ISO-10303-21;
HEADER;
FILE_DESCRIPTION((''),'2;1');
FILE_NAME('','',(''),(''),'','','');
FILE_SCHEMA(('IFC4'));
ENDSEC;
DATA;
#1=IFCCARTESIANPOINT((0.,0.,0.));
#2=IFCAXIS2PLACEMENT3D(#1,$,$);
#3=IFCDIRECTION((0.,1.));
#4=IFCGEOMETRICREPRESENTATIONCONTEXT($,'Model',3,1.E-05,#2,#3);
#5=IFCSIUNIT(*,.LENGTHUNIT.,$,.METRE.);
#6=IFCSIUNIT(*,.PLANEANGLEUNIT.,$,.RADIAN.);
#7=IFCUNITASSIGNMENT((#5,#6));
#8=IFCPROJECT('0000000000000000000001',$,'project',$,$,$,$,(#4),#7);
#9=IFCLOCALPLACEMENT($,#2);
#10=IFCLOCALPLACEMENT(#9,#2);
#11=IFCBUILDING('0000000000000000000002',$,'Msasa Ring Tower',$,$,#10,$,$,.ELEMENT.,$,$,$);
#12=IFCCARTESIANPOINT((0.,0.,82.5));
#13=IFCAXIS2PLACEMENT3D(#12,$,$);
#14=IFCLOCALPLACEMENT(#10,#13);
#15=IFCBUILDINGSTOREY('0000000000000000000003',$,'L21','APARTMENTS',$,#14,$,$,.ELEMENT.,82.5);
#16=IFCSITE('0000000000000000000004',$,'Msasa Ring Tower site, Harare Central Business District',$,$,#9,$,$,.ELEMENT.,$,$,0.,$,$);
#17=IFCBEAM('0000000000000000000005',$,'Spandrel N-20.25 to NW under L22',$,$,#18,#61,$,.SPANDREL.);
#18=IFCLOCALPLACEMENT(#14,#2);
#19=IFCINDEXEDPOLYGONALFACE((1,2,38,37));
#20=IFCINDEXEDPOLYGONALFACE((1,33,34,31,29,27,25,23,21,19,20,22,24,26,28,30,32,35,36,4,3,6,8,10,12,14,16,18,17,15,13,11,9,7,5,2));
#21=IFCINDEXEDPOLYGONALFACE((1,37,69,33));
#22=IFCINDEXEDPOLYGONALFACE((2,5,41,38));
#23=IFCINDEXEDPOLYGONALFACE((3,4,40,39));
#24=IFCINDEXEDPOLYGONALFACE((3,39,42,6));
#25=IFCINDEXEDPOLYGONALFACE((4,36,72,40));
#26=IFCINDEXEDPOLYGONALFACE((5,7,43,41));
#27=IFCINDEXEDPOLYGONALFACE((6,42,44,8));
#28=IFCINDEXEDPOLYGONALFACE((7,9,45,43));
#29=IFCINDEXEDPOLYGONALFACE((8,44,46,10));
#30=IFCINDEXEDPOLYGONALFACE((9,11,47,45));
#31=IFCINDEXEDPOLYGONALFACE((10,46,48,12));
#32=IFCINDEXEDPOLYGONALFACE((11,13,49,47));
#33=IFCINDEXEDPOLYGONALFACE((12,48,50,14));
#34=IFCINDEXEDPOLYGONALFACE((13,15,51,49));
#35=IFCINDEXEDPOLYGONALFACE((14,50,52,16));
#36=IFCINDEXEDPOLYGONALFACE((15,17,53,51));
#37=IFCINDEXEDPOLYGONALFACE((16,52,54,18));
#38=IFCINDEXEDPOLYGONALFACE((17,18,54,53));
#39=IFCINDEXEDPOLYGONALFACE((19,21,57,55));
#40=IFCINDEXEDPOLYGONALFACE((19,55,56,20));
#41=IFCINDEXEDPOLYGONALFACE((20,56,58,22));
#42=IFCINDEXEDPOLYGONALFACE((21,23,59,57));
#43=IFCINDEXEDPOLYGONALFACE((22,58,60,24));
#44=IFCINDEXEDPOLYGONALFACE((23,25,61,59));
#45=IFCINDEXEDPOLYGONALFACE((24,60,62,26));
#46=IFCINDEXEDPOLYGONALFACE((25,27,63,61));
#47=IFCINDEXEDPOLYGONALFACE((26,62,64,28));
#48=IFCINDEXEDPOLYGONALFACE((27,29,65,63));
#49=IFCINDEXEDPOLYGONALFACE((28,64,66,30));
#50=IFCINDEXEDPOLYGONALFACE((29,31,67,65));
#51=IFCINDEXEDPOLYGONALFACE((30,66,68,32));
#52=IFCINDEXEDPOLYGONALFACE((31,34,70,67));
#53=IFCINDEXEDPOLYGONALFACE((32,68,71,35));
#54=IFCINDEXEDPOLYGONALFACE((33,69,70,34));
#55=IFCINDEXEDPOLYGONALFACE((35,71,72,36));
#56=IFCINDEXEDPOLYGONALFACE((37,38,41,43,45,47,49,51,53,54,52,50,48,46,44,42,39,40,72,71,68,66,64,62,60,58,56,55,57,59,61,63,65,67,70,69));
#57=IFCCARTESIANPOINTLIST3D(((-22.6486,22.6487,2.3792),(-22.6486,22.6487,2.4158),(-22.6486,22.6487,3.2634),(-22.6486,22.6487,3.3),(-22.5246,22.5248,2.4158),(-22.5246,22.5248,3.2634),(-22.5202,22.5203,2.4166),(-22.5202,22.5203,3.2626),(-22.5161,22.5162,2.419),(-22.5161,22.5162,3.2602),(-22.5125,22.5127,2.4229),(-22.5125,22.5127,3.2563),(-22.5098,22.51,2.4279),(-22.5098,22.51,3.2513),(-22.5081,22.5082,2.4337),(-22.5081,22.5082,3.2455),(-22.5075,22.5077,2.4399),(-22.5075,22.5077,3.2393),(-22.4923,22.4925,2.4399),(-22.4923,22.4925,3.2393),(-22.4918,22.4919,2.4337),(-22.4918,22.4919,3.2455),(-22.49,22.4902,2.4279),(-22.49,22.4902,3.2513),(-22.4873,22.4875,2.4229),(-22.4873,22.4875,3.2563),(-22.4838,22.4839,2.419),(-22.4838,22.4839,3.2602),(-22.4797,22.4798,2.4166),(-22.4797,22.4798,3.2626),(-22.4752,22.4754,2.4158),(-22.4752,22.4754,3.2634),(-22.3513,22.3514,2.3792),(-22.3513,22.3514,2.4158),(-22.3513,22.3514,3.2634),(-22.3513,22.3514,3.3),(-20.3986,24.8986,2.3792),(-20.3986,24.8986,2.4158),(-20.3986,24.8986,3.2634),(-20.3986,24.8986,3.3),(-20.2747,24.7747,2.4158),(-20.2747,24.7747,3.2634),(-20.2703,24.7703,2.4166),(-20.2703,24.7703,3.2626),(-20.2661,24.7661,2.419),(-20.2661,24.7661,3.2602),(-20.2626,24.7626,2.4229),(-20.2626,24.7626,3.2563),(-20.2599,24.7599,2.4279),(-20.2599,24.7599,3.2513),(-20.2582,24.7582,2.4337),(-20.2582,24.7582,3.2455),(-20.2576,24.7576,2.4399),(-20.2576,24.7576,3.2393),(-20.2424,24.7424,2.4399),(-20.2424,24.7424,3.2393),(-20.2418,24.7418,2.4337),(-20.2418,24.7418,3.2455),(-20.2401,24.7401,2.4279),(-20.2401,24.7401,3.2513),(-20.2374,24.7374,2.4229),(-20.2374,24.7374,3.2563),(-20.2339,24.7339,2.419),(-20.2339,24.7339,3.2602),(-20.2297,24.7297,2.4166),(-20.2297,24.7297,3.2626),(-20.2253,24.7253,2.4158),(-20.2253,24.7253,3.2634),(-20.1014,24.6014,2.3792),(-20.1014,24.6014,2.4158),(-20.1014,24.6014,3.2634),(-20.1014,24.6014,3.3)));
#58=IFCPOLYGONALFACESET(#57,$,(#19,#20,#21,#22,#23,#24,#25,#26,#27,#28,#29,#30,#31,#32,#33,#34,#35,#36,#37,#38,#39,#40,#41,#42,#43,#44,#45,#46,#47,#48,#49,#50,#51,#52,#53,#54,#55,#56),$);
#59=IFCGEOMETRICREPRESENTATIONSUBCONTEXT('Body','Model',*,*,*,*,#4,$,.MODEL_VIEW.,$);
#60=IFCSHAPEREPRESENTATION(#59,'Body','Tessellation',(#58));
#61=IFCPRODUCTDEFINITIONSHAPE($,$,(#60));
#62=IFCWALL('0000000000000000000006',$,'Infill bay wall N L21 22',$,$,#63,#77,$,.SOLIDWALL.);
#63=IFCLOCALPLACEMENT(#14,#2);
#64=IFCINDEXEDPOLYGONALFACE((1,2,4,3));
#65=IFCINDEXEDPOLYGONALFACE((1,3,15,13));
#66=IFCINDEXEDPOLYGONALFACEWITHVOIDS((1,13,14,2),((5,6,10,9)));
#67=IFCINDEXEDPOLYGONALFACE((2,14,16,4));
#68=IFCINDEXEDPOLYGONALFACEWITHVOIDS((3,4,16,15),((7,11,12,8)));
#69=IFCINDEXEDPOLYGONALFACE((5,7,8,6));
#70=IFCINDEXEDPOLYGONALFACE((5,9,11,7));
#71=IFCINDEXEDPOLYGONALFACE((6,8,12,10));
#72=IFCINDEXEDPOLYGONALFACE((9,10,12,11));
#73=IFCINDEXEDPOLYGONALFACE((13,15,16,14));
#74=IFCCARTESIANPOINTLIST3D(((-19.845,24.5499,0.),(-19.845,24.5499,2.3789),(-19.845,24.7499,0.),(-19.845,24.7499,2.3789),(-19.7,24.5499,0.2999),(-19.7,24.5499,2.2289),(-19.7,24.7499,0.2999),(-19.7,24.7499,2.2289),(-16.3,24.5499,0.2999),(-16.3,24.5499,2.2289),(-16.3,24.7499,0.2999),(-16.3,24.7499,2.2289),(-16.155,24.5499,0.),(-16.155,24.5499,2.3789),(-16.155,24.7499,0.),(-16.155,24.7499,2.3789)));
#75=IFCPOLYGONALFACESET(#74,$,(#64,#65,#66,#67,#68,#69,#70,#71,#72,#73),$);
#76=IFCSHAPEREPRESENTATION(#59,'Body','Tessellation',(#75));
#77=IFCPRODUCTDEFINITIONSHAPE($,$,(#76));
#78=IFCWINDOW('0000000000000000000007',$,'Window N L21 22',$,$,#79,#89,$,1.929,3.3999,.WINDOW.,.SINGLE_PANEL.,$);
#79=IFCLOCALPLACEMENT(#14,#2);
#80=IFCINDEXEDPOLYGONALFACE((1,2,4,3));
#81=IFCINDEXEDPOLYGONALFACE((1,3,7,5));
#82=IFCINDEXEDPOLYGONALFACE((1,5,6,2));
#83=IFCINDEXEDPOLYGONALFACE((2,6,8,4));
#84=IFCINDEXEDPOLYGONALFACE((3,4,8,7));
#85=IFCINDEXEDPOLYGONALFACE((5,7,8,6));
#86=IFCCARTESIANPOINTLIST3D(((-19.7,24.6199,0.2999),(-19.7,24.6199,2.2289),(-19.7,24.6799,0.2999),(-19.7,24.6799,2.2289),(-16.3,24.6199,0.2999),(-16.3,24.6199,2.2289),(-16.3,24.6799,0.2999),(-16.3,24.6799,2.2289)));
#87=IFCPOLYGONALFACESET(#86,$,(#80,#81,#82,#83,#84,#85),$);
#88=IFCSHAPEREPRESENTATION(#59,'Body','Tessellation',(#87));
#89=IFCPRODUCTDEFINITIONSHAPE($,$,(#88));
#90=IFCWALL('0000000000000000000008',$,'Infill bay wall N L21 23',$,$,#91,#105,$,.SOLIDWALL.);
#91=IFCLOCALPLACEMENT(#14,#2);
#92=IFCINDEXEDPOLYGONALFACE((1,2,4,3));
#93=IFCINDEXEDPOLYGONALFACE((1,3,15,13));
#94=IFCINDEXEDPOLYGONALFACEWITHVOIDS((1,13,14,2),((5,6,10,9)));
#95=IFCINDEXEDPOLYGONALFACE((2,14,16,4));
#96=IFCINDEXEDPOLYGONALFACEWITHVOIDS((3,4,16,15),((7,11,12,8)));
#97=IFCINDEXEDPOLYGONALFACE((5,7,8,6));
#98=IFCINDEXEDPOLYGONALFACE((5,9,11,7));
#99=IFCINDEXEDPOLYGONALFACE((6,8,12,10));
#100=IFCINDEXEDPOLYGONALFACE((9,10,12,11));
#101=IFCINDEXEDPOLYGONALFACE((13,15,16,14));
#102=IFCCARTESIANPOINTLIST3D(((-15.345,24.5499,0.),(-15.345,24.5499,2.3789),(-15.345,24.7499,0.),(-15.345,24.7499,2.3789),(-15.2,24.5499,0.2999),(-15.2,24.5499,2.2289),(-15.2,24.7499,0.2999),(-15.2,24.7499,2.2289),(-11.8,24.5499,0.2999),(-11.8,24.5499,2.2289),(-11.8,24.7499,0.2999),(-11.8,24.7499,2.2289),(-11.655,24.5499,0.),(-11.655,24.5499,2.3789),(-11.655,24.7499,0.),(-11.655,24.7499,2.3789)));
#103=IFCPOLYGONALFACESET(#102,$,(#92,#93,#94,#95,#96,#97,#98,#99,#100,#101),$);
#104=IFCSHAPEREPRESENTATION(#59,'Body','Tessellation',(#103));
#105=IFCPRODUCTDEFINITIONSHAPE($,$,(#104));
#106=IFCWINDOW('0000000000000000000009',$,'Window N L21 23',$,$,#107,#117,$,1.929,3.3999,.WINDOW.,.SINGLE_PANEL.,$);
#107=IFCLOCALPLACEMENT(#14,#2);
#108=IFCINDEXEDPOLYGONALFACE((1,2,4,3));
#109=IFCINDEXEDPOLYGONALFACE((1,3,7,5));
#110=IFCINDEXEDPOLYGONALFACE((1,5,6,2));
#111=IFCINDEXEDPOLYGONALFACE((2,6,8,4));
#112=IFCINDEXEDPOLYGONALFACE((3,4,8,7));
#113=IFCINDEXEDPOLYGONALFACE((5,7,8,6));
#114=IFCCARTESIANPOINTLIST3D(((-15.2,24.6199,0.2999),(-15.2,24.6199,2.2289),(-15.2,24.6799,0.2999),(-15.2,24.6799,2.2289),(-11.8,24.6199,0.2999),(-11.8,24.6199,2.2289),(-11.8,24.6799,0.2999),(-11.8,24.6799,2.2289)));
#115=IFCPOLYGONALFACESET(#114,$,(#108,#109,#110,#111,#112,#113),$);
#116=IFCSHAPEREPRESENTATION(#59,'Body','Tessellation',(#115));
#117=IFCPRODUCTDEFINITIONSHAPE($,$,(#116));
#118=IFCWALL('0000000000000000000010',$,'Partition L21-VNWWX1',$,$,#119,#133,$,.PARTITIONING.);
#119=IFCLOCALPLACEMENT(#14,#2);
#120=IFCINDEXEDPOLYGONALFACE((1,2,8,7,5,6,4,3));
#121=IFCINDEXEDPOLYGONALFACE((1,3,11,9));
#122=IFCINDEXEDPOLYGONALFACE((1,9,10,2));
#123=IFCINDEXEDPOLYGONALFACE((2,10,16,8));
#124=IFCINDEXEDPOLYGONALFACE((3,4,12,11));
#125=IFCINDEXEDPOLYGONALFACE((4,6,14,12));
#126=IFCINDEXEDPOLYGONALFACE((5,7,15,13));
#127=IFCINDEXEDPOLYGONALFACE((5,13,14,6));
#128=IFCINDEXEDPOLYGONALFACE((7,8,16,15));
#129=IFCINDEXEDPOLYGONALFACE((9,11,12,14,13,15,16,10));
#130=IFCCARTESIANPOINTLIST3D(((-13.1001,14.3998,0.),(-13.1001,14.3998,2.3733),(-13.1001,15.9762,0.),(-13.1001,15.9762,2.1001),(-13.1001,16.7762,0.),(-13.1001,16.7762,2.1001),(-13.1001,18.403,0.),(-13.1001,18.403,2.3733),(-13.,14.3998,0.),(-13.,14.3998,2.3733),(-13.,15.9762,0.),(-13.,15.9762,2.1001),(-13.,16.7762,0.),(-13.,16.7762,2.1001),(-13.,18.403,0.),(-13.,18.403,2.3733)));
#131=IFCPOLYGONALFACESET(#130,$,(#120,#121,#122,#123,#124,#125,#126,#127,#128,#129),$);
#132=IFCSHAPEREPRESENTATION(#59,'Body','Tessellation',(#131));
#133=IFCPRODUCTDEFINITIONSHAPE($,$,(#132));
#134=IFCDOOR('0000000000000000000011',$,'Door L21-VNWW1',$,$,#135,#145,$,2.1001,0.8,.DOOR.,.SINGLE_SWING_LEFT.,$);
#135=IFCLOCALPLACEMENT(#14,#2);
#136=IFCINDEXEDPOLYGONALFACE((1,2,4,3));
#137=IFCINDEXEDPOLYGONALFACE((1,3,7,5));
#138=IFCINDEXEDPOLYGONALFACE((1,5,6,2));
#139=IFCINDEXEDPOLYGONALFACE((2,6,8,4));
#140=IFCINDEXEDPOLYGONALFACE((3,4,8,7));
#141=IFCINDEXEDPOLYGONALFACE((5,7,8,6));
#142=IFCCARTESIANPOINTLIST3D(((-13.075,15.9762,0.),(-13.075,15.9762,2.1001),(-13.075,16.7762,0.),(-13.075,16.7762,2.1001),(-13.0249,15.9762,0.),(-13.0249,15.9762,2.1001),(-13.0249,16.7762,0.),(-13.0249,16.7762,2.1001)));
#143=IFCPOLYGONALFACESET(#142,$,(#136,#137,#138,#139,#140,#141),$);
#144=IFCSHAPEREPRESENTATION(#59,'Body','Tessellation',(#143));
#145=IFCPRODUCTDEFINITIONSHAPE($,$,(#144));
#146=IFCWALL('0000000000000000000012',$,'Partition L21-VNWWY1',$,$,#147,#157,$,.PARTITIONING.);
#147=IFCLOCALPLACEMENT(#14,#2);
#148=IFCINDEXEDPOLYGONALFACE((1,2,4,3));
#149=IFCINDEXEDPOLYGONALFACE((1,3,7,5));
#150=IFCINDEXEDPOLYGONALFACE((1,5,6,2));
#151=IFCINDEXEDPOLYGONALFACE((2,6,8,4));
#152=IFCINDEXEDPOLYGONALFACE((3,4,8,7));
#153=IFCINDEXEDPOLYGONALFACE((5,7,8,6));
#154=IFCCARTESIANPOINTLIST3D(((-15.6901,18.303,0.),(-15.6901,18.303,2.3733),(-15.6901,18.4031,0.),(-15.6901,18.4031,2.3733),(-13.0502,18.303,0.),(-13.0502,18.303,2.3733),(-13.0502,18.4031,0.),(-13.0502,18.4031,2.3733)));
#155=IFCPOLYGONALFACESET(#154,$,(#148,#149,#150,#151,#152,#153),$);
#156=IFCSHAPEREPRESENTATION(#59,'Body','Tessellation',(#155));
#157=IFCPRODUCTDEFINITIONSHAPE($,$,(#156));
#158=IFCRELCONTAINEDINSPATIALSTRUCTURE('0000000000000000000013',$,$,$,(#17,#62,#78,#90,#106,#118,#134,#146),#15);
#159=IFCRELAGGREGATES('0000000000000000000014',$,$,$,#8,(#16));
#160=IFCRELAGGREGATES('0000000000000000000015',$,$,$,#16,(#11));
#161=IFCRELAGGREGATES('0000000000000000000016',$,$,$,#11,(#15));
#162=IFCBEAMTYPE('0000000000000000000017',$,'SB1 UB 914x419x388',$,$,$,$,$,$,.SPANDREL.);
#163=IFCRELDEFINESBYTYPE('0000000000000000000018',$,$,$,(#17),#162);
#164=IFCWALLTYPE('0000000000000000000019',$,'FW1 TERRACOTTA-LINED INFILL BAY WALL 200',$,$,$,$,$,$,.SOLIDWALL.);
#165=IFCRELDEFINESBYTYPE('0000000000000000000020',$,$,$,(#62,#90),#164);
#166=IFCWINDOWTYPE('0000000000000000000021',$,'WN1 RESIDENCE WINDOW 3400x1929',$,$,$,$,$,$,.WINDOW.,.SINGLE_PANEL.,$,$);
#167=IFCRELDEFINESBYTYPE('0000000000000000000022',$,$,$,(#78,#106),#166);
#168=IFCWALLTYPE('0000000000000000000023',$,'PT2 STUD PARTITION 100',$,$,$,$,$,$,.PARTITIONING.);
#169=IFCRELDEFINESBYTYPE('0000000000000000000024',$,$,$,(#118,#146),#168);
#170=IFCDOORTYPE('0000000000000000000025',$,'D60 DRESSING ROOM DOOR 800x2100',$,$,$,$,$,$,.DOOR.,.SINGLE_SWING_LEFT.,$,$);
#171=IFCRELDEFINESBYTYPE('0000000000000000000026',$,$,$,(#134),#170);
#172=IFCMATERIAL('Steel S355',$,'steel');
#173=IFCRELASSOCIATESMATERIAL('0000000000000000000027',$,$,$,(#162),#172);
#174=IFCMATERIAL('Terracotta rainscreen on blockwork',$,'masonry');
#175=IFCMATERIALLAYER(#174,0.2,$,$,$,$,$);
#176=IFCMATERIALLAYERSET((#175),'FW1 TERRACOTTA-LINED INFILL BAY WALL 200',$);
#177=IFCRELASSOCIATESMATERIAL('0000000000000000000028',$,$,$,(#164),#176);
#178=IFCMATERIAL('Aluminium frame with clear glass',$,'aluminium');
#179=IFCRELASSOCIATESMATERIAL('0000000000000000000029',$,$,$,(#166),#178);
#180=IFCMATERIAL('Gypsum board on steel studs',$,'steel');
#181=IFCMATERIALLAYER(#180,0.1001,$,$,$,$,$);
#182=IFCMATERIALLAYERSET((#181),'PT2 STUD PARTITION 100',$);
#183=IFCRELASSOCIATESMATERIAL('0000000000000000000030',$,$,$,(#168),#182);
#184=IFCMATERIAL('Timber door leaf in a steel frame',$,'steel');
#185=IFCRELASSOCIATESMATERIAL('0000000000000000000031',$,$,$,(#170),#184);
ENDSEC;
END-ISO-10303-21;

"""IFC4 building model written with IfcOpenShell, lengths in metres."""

from ifc_helpers import new_model, si_unit, direction, frame, frame_2d, origin, origin_2d, place, context, subcontext, project, spatial, rectangle, i_section, extrude, material, layer, layer_set, material_profile, profile_set, type_object, element, fill, save


model = new_model("IFC4")

# Units and contexts
model_context = context("Model", 3, precision=1e-05, world=origin(), true_north=direction((0.0, 1.0)))
body_context = subcontext(model_context, "Body", "Model", "MODEL_VIEW")
ifc_project = project(units=[si_unit("LENGTHUNIT", "METRE"), si_unit("PLANEANGLEUNIT", "RADIAN")], contexts=[model_context])

# Site, building, storey
site_placement = place(None, origin())
site = spatial("IfcSite", under=ifc_project, at=site_placement, Name="Msasa Ring Tower site, Harare Central Business District", CompositionType="ELEMENT", RefElevation=0.0)
building_placement = place(site_placement, origin())
building = spatial("IfcBuilding", under=site, at=building_placement, Name="Msasa Ring Tower", CompositionType="ELEMENT")
storey_placement = place(building_placement, frame((0.0, 0.0, 82.5)))
storey = spatial("IfcBuildingStorey", under=building, at=storey_placement, Name="L21", Description="APARTMENTS", CompositionType="ELEMENT", Elevation=82.5)

# Beam
ifc_material_1 = material(Name="Steel S355", Category="steel")
ifc_material_profile_1 = material_profile(ifc_material_1, i_section(OverallWidth=0.4204, OverallDepth=0.9209, WebThickness=0.0215, FlangeThickness=0.0366, FilletRadius=0.0242, at=origin_2d()), Name="UB 914x419x388")
ifc_profile_set_1 = profile_set([ifc_material_profile_1], Name="Steel S355")
beam_type_1 = type_object("IfcBeamType", Name="SB1 UB 914x419x388", PredefinedType="SPANDREL", material=ifc_profile_set_1)
beam_1_placement = place(storey_placement, frame((-20.25, 24.75, 2.8396), z_axis=(-0.707107, -0.707107, 0.0), x_axis=(0.707107, -0.707107, 0.0)))
element("IfcBeam", 1, at=beam_1_placement, inside=storey, type_object=beam_type_1, Name="Spandrel N-20.25 to NW under L22", PredefinedType="SPANDREL", context=body_context, shape_type="SweptSolid", body=[
    extrude(i_section(OverallWidth=0.4204, OverallDepth=0.9209, WebThickness=0.0215, FlangeThickness=0.0366, FilletRadius=0.0242, at=origin_2d()), origin(), (0.0, 0.0, 1.0), 3.1819),
])

# Walls, openings, windows
ifc_material_2 = material(Name="Terracotta rainscreen on blockwork", Category="masonry")
ifc_layer_1 = layer(ifc_material_2, 0.2)
ifc_layer_set_1 = layer_set([ifc_layer_1], Name="FW1 TERRACOTTA-LINED INFILL BAY WALL 200")
wall_type_1 = type_object("IfcWallType", Name="FW1 TERRACOTTA-LINED INFILL BAY WALL 200", PredefinedType="SOLIDWALL", material=ifc_layer_set_1)
wall_1_placement = place(storey_placement, frame((-19.845, 24.6499, 0.0), z_axis=(0.0, 0.0, 1.0), x_axis=(1.0, 0.0, 0.0)))
wall_1 = element("IfcWall", 2, at=wall_1_placement, inside=storey, type_object=wall_type_1, Name="Infill bay wall N L21 22", PredefinedType="SOLIDWALL", context=body_context, shape_type="SweptSolid", body=[
    extrude(rectangle(XDim=3.6899, YDim=0.2, at=frame_2d((1.845, 0.0))), origin(), (0.0, 0.0, 1.0), 2.3789),
])
opening_1_placement = place(wall_1_placement, frame((0.145, 0.0, 0.3)))
opening_1 = element("IfcOpeningElement", 3, at=opening_1_placement, cuts=wall_1, PredefinedType="OPENING", context=body_context, shape_type="SweptSolid", body=[
    extrude(rectangle(XDim=3.3999, YDim=1.929, at=frame_2d((1.7, 0.9644))), frame((0.0, 0.1099, 0.0), z_axis=(0.0, -1.0, 0.0), x_axis=(1.0, 0.0, 0.0)), (0.0, 0.0, 1.0), 0.22),
])
ifc_material_3 = material(Name="Aluminium frame with clear glass", Category="aluminium")
window_type = type_object("IfcWindowType", Name="WN1 RESIDENCE WINDOW 3400x1929", PartitioningType="SINGLE_PANEL", PredefinedType="WINDOW", material=ifc_material_3)
window_1_placement = place(opening_1_placement, origin())
window_1 = element("IfcWindow", 4, at=window_1_placement, inside=storey, type_object=window_type, Name="Window N L21 22", OverallHeight=1.929, OverallWidth=3.3999, PartitioningType="SINGLE_PANEL", PredefinedType="WINDOW", context=body_context, shape_type="SweptSolid", body=[
    extrude(rectangle(XDim=3.3999, YDim=1.929, at=frame_2d((1.7, 0.9644))), frame((0.0, 0.03, 0.0), z_axis=(0.0, -1.0, 0.0), x_axis=(1.0, 0.0, 0.0)), (0.0, 0.0, 1.0), 0.0601),
])
fill(opening_1, window_1)
wall_2_placement = place(storey_placement, frame((-15.345, 24.6499, 0.0), z_axis=(0.0, 0.0, 1.0), x_axis=(1.0, 0.0, 0.0)))
wall_2 = element("IfcWall", 5, at=wall_2_placement, inside=storey, type_object=wall_type_1, Name="Infill bay wall N L21 23", PredefinedType="SOLIDWALL", context=body_context, shape_type="SweptSolid", body=[
    extrude(rectangle(XDim=3.6899, YDim=0.2, at=frame_2d((1.845, 0.0))), origin(), (0.0, 0.0, 1.0), 2.3789),
])
opening_2_placement = place(wall_2_placement, frame((0.145, 0.0, 0.3)))
opening_2 = element("IfcOpeningElement", 6, at=opening_2_placement, cuts=wall_2, PredefinedType="OPENING", context=body_context, shape_type="SweptSolid", body=[
    extrude(rectangle(XDim=3.3999, YDim=1.929, at=frame_2d((1.7, 0.9644))), frame((0.0, 0.1099, 0.0), z_axis=(0.0, -1.0, 0.0), x_axis=(1.0, 0.0, 0.0)), (0.0, 0.0, 1.0), 0.22),
])
window_2_placement = place(opening_2_placement, origin())
window_2 = element("IfcWindow", 7, at=window_2_placement, inside=storey, type_object=window_type, Name="Window N L21 23", OverallHeight=1.929, OverallWidth=3.3999, PartitioningType="SINGLE_PANEL", PredefinedType="WINDOW", context=body_context, shape_type="SweptSolid", body=[
    extrude(rectangle(XDim=3.3999, YDim=1.929, at=frame_2d((1.7, 0.9644))), frame((0.0, 0.03, 0.0), z_axis=(0.0, -1.0, 0.0), x_axis=(1.0, 0.0, 0.0)), (0.0, 0.0, 1.0), 0.0601),
])
fill(opening_2, window_2)

# Wall, opening, door
ifc_material_4 = material(Name="Gypsum board on steel studs", Category="steel")
ifc_layer_2 = layer(ifc_material_4, 0.1001)
ifc_layer_set_2 = layer_set([ifc_layer_2], Name="PT2 STUD PARTITION 100")
wall_type_2 = type_object("IfcWallType", Name="PT2 STUD PARTITION 100", PredefinedType="PARTITIONING", material=ifc_layer_set_2)
wall_3_placement = place(storey_placement, frame((-13.05, 14.3999, 0.0), z_axis=(0.0, 0.0, 1.0), x_axis=(0.0, 1.0, 0.0)))
wall_3 = element("IfcWall", 8, at=wall_3_placement, inside=storey, type_object=wall_type_2, Name="Partition L21-VNWWX1", PredefinedType="PARTITIONING", context=body_context, shape_type="SweptSolid", body=[
    extrude(rectangle(XDim=4.0032, YDim=0.1001, at=frame_2d((2.0015, 0.0))), origin(), (0.0, 0.0, 1.0), 2.3733),
])
opening_3_placement = place(wall_3_placement, frame((1.5764, 0.0, 0.0)))
opening_3 = element("IfcOpeningElement", 9, at=opening_3_placement, cuts=wall_3, PredefinedType="OPENING", context=body_context, shape_type="SweptSolid", body=[
    extrude(rectangle(XDim=0.8, YDim=2.1001, at=frame_2d((0.3999, 1.05))), frame((0.0, 0.0601, 0.0), z_axis=(0.0, -1.0, 0.0), x_axis=(1.0, 0.0, 0.0)), (0.0, 0.0, 1.0), 0.1201),
])
ifc_material_5 = material(Name="Timber door leaf in a steel frame", Category="steel")
door_type = type_object("IfcDoorType", Name="D60 DRESSING ROOM DOOR 800x2100", OperationType="SINGLE_SWING_LEFT", PredefinedType="DOOR", material=ifc_material_5)
door_1_placement = place(opening_3_placement, origin())
door_1 = element("IfcDoor", 10, at=door_1_placement, inside=storey, type_object=door_type, Name="Door L21-VNWW1", OperationType="SINGLE_SWING_LEFT", OverallHeight=2.1001, OverallWidth=0.8, PredefinedType="DOOR", context=body_context, shape_type="SweptSolid", body=[
    extrude(rectangle(XDim=0.8, YDim=2.1001, at=frame_2d((0.3999, 1.05))), frame((0.0, 0.0249, 0.0), z_axis=(0.0, -1.0, 0.0), x_axis=(1.0, 0.0, 0.0)), (0.0, 0.0, 1.0), 0.05),
])
fill(opening_3, door_1)

# Wall
wall_4_placement = place(storey_placement, frame((-15.6899, 18.353, 0.0), z_axis=(0.0, 0.0, 1.0), x_axis=(1.0, 0.0, 0.0)))
element("IfcWall", 11, at=wall_4_placement, inside=storey, type_object=wall_type_2, Name="Partition L21-VNWWY1", PredefinedType="PARTITIONING", context=body_context, shape_type="SweptSolid", body=[
    extrude(rectangle(XDim=2.6399, YDim=0.1001, at=frame_2d((1.3198, 0.0))), origin(), (0.0, 0.0, 1.0), 2.3733),
])

save(model, "model.ifc")
